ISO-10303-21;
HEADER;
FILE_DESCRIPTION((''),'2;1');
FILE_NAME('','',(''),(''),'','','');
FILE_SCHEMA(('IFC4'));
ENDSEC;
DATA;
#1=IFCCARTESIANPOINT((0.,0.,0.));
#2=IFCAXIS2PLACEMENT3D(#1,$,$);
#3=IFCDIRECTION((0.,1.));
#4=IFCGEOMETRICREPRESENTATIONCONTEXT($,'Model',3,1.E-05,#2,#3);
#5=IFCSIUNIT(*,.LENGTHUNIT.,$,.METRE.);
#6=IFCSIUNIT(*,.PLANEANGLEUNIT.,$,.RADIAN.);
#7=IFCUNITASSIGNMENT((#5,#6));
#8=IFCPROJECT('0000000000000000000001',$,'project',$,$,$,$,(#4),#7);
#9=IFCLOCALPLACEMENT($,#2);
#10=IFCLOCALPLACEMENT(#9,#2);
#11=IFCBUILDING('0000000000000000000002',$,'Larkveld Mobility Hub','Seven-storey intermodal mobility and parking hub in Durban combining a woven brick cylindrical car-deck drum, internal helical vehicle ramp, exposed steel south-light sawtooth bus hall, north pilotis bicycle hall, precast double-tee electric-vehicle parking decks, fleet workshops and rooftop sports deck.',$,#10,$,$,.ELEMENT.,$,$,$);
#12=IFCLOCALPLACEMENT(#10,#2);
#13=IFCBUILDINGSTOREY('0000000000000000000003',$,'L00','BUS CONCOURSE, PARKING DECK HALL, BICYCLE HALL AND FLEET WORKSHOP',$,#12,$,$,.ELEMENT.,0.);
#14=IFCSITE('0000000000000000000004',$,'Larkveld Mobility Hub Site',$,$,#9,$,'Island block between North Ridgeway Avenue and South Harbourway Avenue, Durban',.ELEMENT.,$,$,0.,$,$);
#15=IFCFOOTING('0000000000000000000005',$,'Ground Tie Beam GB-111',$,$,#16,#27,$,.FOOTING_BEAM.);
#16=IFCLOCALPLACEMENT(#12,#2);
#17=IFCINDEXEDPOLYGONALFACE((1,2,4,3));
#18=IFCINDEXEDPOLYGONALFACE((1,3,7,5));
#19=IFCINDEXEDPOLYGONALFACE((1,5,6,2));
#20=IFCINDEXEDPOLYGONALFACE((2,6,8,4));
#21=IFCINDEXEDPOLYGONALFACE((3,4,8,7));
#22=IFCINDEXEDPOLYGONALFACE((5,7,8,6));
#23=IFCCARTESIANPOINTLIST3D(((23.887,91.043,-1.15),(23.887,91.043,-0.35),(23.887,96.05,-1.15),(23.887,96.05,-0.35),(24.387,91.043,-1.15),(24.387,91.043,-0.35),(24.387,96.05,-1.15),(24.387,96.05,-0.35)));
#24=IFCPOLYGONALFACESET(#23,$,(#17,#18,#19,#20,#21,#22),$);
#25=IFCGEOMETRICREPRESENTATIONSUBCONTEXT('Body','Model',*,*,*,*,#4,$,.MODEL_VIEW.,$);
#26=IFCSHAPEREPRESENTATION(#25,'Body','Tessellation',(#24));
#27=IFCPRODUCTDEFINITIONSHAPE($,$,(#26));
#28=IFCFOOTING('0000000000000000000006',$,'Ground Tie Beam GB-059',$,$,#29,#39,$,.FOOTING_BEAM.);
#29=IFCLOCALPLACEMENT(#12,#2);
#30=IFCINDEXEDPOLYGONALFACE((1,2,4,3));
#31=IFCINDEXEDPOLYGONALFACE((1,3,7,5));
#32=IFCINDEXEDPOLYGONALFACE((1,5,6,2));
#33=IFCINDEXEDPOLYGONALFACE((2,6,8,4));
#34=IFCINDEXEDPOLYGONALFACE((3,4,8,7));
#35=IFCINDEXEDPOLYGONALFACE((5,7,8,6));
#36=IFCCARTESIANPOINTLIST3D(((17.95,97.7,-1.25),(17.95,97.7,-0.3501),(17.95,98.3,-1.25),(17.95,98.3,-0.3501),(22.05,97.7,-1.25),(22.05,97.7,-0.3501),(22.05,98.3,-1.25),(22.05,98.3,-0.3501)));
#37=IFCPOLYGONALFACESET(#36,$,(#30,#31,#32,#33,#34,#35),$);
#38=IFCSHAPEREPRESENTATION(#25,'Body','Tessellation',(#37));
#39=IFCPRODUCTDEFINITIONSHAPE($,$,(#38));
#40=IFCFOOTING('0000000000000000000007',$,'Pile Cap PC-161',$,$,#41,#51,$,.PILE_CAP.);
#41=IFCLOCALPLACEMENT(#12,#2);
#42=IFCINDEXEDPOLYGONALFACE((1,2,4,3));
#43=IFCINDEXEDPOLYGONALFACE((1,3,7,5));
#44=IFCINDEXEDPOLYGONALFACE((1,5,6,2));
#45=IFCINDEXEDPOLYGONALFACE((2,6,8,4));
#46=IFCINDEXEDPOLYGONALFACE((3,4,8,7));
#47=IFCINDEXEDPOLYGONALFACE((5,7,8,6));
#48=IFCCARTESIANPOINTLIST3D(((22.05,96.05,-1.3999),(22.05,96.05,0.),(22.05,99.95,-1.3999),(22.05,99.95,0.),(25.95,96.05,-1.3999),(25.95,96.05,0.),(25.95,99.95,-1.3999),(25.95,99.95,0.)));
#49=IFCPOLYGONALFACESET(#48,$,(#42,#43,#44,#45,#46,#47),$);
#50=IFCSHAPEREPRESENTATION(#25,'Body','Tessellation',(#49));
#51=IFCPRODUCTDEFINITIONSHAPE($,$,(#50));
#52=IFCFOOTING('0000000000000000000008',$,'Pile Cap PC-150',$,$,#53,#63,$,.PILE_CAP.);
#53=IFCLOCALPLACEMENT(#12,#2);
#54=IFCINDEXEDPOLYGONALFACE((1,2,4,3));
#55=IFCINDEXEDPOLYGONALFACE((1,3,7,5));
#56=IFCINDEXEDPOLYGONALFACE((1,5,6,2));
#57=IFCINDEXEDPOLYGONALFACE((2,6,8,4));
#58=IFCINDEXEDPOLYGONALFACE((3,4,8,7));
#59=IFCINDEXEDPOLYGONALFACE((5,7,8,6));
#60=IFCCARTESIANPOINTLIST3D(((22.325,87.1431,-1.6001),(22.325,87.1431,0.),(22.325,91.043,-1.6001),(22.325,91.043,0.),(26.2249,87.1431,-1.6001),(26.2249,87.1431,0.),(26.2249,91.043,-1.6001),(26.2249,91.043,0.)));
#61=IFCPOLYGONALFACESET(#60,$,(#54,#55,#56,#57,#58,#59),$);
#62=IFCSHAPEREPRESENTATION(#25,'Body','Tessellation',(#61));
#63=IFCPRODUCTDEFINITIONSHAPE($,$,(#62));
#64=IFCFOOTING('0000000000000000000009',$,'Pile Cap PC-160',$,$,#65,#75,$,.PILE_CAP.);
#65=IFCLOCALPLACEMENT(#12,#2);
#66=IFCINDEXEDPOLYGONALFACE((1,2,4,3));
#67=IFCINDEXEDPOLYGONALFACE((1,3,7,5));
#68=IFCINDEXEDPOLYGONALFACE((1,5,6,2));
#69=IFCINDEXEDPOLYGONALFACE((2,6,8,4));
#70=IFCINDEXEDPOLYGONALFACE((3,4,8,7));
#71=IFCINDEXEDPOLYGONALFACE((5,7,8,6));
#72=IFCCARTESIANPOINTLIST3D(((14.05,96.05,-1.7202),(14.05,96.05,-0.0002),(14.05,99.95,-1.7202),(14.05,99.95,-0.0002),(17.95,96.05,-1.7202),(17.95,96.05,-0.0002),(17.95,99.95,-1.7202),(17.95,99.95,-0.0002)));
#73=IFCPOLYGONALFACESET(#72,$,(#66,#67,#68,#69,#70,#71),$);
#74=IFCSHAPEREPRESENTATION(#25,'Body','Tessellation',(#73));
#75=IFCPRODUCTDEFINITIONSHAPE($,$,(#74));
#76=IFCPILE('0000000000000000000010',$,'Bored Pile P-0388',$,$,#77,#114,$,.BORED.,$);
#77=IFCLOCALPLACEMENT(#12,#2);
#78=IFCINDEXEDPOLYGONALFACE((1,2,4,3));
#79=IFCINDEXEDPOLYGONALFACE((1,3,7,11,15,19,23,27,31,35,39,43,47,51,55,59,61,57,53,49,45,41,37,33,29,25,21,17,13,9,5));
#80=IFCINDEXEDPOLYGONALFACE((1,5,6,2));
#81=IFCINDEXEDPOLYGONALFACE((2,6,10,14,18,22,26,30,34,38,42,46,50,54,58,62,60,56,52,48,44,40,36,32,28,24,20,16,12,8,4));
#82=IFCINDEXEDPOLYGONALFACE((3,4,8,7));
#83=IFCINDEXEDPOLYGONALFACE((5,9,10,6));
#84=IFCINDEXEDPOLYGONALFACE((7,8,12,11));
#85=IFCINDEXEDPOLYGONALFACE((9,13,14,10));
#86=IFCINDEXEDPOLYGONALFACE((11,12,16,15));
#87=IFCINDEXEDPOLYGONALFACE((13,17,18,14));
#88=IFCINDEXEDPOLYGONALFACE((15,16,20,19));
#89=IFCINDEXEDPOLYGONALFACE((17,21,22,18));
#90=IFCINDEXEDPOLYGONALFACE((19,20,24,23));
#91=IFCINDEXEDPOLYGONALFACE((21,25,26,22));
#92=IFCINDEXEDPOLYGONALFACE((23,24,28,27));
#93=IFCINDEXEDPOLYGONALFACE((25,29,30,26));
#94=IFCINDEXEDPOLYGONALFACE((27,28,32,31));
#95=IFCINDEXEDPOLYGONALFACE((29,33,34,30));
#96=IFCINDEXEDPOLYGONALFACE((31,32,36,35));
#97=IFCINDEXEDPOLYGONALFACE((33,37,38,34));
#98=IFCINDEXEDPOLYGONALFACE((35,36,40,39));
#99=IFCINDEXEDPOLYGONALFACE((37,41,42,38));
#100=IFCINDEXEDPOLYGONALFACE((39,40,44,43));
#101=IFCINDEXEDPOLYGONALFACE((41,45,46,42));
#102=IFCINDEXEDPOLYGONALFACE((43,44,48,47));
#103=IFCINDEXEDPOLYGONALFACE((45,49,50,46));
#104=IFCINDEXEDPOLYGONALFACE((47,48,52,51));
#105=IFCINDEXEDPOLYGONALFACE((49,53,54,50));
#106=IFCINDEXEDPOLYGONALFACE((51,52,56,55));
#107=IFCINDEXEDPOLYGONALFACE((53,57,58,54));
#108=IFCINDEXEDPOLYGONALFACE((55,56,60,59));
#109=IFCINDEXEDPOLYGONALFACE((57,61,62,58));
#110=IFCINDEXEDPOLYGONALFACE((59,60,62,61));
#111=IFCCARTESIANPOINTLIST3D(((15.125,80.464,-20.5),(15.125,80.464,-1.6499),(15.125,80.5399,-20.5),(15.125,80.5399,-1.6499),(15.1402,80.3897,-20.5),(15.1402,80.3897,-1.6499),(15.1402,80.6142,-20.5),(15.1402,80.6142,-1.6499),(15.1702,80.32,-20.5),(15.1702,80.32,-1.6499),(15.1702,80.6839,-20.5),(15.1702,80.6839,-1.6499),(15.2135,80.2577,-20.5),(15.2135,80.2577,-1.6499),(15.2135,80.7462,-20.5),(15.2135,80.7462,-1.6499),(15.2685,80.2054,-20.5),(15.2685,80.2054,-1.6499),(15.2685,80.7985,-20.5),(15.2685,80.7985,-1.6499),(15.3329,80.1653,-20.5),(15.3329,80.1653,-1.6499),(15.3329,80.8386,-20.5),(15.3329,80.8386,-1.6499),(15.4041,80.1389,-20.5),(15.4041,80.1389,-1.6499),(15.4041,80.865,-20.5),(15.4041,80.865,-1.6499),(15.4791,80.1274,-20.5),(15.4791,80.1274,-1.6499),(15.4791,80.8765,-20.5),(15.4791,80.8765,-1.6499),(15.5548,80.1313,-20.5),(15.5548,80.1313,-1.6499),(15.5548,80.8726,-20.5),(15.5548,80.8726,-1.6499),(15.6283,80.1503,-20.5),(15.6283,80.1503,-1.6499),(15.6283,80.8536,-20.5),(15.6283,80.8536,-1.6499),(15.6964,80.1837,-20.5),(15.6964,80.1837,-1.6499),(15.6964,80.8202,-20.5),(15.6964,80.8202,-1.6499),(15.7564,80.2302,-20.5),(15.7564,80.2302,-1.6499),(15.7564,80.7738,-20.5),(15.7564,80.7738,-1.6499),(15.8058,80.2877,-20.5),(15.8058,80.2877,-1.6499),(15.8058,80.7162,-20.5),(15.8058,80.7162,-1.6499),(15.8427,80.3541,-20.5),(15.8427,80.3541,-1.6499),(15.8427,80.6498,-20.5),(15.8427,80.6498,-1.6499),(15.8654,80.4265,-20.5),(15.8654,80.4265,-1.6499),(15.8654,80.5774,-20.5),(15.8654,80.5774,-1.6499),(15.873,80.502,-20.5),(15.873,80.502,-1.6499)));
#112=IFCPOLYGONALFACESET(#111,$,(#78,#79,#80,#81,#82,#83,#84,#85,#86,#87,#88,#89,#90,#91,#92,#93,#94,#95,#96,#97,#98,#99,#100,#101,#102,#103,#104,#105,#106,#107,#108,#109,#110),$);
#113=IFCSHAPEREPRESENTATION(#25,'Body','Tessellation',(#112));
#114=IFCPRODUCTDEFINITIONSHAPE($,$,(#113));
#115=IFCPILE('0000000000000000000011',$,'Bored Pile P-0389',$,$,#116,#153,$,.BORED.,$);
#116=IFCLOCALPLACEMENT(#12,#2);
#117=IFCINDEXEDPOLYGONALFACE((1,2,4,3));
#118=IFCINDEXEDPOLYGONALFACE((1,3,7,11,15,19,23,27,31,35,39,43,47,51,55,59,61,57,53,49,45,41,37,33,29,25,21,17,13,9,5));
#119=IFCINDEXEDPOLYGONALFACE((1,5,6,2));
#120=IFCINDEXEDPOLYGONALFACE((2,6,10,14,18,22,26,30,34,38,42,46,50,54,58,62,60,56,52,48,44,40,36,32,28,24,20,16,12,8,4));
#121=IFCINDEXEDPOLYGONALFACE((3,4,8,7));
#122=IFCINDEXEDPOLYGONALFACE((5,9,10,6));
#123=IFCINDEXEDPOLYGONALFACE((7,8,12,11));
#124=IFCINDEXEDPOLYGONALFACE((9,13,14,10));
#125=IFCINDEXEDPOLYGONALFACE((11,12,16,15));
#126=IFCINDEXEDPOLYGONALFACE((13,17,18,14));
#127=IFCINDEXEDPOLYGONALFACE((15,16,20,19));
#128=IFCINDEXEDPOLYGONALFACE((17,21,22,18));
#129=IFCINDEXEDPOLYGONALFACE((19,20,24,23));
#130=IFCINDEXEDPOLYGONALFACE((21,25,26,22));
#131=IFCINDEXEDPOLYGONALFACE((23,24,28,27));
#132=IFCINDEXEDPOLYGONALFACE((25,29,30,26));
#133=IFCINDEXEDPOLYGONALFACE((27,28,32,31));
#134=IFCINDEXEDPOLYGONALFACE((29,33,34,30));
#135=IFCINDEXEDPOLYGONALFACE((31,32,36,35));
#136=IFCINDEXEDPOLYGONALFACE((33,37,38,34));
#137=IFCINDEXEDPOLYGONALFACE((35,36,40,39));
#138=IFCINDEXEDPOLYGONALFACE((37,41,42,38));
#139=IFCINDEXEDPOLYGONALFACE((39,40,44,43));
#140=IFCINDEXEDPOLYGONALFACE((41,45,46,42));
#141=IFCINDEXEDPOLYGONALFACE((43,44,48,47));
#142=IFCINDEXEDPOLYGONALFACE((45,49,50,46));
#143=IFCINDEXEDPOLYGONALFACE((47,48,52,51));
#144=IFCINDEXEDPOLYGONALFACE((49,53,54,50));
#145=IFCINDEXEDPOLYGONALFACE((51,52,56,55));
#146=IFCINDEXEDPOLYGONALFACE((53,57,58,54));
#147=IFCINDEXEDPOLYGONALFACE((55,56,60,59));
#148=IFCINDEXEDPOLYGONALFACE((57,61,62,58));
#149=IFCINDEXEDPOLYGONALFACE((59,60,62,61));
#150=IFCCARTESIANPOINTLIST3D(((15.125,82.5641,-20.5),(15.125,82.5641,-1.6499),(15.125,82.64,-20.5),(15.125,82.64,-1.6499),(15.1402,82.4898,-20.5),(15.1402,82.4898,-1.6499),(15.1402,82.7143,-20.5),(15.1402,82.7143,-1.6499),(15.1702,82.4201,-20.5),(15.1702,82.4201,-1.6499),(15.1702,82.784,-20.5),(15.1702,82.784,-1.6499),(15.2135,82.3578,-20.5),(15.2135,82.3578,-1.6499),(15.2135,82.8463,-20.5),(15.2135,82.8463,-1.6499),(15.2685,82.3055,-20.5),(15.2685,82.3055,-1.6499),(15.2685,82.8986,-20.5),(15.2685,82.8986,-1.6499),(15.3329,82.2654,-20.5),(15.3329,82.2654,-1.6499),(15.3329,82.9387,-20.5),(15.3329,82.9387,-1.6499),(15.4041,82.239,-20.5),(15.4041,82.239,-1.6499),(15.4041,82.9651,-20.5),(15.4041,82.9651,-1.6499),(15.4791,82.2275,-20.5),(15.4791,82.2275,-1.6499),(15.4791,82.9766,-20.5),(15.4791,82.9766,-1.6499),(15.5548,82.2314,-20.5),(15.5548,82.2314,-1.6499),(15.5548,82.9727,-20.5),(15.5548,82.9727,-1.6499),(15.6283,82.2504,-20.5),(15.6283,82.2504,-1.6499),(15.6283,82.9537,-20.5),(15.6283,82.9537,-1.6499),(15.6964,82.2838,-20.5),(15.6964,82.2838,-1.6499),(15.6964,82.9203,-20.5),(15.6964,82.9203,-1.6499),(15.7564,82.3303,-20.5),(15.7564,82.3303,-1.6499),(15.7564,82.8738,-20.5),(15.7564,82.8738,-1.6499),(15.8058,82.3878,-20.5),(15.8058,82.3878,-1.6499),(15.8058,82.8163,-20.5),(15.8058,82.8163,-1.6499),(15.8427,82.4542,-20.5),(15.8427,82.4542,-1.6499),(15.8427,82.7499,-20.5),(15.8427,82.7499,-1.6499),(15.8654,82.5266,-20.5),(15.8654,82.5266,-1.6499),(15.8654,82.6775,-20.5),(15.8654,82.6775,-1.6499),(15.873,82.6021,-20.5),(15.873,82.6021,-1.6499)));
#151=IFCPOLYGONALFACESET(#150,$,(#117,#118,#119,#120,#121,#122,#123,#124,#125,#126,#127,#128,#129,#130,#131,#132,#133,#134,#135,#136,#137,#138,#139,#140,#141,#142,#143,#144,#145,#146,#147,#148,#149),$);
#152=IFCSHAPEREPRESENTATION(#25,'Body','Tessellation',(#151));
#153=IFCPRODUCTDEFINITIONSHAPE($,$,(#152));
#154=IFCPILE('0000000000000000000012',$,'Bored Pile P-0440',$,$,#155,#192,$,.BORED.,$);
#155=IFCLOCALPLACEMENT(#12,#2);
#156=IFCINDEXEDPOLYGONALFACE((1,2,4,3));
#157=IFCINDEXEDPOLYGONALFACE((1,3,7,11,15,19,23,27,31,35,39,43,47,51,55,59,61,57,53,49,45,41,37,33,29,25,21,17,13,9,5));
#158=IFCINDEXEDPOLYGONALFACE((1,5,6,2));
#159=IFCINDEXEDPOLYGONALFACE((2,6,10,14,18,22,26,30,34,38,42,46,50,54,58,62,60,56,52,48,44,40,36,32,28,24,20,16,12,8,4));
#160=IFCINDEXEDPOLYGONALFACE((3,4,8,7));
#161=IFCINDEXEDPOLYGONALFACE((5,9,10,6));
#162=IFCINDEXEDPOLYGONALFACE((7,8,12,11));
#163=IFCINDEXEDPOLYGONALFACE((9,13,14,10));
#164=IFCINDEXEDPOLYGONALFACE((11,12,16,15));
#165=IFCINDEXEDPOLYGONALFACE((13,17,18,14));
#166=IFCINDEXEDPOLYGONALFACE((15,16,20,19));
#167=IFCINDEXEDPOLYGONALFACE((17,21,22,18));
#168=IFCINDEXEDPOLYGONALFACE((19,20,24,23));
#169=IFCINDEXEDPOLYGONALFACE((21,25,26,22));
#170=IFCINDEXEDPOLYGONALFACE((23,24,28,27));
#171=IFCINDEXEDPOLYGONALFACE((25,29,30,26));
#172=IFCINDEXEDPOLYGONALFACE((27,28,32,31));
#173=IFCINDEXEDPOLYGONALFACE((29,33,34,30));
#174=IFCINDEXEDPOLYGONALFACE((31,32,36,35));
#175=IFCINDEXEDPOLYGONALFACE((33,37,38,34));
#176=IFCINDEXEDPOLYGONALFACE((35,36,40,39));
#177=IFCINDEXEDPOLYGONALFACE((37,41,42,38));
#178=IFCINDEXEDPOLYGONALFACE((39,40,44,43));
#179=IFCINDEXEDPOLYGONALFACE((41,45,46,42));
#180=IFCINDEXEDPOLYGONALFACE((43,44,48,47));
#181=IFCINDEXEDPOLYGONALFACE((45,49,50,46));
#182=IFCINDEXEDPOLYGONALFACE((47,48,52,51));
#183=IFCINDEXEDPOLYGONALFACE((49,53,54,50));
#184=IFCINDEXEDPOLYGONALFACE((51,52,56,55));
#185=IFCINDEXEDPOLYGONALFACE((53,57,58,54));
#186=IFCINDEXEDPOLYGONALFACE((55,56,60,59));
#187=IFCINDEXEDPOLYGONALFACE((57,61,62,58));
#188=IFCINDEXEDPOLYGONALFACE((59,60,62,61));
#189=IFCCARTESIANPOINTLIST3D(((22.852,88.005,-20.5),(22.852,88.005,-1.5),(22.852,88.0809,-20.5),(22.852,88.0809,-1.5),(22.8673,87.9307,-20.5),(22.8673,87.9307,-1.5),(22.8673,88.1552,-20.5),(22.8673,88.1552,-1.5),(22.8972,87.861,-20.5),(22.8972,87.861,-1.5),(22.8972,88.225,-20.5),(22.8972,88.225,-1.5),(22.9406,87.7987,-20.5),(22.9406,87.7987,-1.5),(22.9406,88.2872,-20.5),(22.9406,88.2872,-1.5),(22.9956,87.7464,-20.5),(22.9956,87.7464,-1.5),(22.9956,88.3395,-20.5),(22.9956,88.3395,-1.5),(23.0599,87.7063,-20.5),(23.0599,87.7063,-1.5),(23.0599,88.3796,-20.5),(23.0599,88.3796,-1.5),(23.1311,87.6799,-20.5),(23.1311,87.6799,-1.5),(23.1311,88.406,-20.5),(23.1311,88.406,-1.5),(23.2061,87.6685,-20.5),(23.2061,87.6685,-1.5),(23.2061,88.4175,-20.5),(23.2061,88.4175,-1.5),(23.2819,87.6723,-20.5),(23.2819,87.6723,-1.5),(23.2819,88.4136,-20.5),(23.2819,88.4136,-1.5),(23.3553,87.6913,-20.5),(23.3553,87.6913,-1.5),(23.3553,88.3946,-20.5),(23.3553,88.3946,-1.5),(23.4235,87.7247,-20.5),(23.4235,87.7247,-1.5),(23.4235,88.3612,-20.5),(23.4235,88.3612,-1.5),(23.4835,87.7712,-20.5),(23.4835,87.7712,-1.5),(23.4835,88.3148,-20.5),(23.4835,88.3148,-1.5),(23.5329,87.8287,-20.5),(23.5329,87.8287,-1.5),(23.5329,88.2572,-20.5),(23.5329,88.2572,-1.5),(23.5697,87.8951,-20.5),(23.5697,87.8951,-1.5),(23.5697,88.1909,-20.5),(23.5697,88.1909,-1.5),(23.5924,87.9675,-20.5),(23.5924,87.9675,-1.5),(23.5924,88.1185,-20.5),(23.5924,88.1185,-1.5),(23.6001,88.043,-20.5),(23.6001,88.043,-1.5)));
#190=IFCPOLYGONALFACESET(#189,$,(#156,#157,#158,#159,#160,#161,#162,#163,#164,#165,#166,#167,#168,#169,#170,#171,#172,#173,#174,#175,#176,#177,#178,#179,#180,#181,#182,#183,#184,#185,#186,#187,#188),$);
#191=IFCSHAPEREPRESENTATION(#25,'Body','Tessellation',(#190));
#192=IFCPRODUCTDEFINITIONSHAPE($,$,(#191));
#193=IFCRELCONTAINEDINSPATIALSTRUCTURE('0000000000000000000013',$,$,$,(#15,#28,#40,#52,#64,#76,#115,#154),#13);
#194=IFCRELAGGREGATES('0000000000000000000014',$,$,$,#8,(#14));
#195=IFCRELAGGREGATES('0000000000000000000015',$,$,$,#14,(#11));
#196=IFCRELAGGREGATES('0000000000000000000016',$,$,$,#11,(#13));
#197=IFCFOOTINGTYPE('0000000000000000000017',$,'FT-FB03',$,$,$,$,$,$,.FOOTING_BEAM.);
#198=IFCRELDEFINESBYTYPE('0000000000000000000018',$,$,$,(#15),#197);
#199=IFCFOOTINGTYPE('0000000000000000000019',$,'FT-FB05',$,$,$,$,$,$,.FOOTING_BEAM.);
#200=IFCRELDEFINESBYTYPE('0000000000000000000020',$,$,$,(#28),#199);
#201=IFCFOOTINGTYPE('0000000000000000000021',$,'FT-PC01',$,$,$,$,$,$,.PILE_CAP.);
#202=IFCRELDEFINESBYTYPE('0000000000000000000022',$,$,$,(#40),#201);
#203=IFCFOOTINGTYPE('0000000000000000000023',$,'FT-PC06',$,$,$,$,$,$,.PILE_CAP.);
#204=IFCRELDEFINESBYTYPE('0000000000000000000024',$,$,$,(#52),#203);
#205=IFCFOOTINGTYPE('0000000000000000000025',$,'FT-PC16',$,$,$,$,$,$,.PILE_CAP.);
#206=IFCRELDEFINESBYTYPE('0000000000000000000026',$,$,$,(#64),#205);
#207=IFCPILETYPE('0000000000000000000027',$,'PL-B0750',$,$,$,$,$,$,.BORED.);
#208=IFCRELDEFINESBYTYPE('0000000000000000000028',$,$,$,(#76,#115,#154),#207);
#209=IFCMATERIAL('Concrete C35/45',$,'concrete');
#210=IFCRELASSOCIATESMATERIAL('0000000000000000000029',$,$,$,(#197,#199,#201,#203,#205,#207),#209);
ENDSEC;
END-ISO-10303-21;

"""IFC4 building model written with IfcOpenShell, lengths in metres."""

from ifc_helpers import new_model, si_unit, direction, frame, origin, origin_2d, place, context, subcontext, project, spatial, rectangle, circle, extrude, material, material_profile, profile_set, type_object, element, save


model = new_model("IFC4")

# Units and contexts
model_context = context("Model", 3, precision=1e-05, world=origin(), true_north=direction((0.0, 1.0)))
body_context = subcontext(model_context, "Body", "Model", "MODEL_VIEW")
ifc_project = project(units=[si_unit("LENGTHUNIT", "METRE"), si_unit("PLANEANGLEUNIT", "RADIAN")], contexts=[model_context])

# Site, building, storey
site_placement = place(None, origin())
site = spatial("IfcSite", under=ifc_project, at=site_placement, Name="Larkveld Mobility Hub Site", LongName="Island block between North Ridgeway Avenue and South Harbourway Avenue, Durban", CompositionType="ELEMENT", RefElevation=0.0)
building_placement = place(site_placement, origin())
building = spatial("IfcBuilding", under=site, at=building_placement, Name="Larkveld Mobility Hub", Description="Seven-storey intermodal mobility and parking hub in Durban combining a woven brick cylindrical car-deck drum, internal helical vehicle ramp, exposed steel south-light sawtooth bus hall, north pilotis bicycle hall, precast double-tee electric-vehicle parking decks, fleet workshops and rooftop sports deck.", CompositionType="ELEMENT")
storey_placement = place(building_placement, origin())
storey = spatial("IfcBuildingStorey", under=building, at=storey_placement, Name="L00", Description="BUS CONCOURSE, PARKING DECK HALL, BICYCLE HALL AND FLEET WORKSHOP", CompositionType="ELEMENT", Elevation=0.0)

# Footings
ifc_material_1 = material(Name="Concrete C35/45", Category="concrete")
ifc_material_profile_1 = material_profile(ifc_material_1, rectangle(XDim=0.5, YDim=0.8, at=origin_2d()), Name="RC BM 500x800")
ifc_profile_set_1 = profile_set([ifc_material_profile_1], Name="Concrete C35/45")
footing_type_1 = type_object("IfcFootingType", Name="FT-FB03", PredefinedType="FOOTING_BEAM", material=ifc_profile_set_1)
footing_1_placement = place(storey_placement, frame((24.137, 91.043, -0.75), z_axis=(0.0, 1.0, 0.0), x_axis=(-1.0, 0.0, 0.0)))
element("IfcFooting", 1, at=footing_1_placement, inside=storey, type_object=footing_type_1, Name="Ground Tie Beam GB-111", PredefinedType="FOOTING_BEAM", context=body_context, shape_type="SweptSolid", body=[
    extrude(rectangle(XDim=0.5, YDim=0.8, at=origin_2d()), origin(), (0.0, 0.0, 1.0), 5.0071),
])
ifc_material_profile_2 = material_profile(ifc_material_1, rectangle(XDim=0.6001, YDim=0.8999, at=origin_2d()), Name="RC BM 600x900")
ifc_profile_set_2 = profile_set([ifc_material_profile_2], Name="Concrete C35/45")
footing_type_2 = type_object("IfcFootingType", Name="FT-FB05", PredefinedType="FOOTING_BEAM", material=ifc_profile_set_2)
footing_2_placement = place(storey_placement, frame((17.95, 98.0, -0.8), z_axis=(1.0, 0.0, 0.0), x_axis=(0.0, 1.0, 0.0)))
element("IfcFooting", 2, at=footing_2_placement, inside=storey, type_object=footing_type_2, Name="Ground Tie Beam GB-059", PredefinedType="FOOTING_BEAM", context=body_context, shape_type="SweptSolid", body=[
    extrude(rectangle(XDim=0.6001, YDim=0.8999, at=origin_2d()), origin(), (0.0, 0.0, 1.0), 4.1001),
])
footing_type_3 = type_object("IfcFootingType", Name="FT-PC01", PredefinedType="PILE_CAP", material=ifc_material_1)
footing_3_placement = place(storey_placement, frame((24.0, 98.0, -1.3999), z_axis=(0.0, 0.0, 1.0), x_axis=(1.0, 0.0, 0.0)))
element("IfcFooting", 3, at=footing_3_placement, inside=storey, type_object=footing_type_3, Name="Pile Cap PC-161", PredefinedType="PILE_CAP", context=body_context, shape_type="SweptSolid", body=[
    extrude(rectangle(XDim=3.8999, YDim=3.8999, at=origin_2d()), origin(), (0.0, 0.0, 1.0), 1.3999),
])
footing_type_4 = type_object("IfcFootingType", Name="FT-PC06", PredefinedType="PILE_CAP", material=ifc_material_1)
footing_4_placement = place(storey_placement, frame((24.2749, 89.093, -1.6001), z_axis=(0.0, 0.0, 1.0), x_axis=(1.0, 0.0, 0.0)))
element("IfcFooting", 4, at=footing_4_placement, inside=storey, type_object=footing_type_4, Name="Pile Cap PC-150", PredefinedType="PILE_CAP", context=body_context, shape_type="SweptSolid", body=[
    extrude(rectangle(XDim=3.8999, YDim=3.8999, at=origin_2d()), origin(), (0.0, 0.0, 1.0), 1.6001),
])
footing_type_5 = type_object("IfcFootingType", Name="FT-PC16", PredefinedType="PILE_CAP", material=ifc_material_1)
footing_5_placement = place(storey_placement, frame((16.0, 98.0, -1.7202), z_axis=(0.0, 0.0, 1.0), x_axis=(1.0, 0.0, 0.0)))
element("IfcFooting", 5, at=footing_5_placement, inside=storey, type_object=footing_type_5, Name="Pile Cap PC-160", PredefinedType="PILE_CAP", context=body_context, shape_type="SweptSolid", body=[
    extrude(rectangle(XDim=3.8999, YDim=3.8999, at=origin_2d()), origin(), (0.0, 0.0, 1.0), 1.72),
])

# Piles
ifc_material_profile_3 = material_profile(ifc_material_1, circle(Radius=0.375, at=origin_2d()), Name="PILE D750")
ifc_profile_set_3 = profile_set([ifc_material_profile_3], Name="Concrete C35/45")
pile_type_1 = type_object("IfcPileType", Name="PL-B0750", PredefinedType="BORED", material=ifc_profile_set_3)
for number, where, z_axis, x_axis, name in (
    (6, (15.498, 80.502, -1.6499), (0.0, 0.0, -1.0), (1.0, 0.0, 0.0), "Bored Pile P-0388"),
    (7, (15.498, 82.6021, -1.6499), (0.0, 0.0, -1.0), (1.0, 0.0, 0.0), "Bored Pile P-0389"),
):
    element("IfcPile", number, at=place(storey_placement, frame(where, z_axis=z_axis, x_axis=x_axis)), inside=storey, type_object=pile_type_1, Name=name, PredefinedType="BORED", context=body_context, shape_type="SweptSolid", body=[
        extrude(circle(Radius=0.375, at=origin_2d()), origin(), (0.0, 0.0, 1.0), 18.8501),
    ])
for number, where, z_axis, x_axis, name in (
    (8, (23.2251, 88.043, -1.5), (0.0, 0.0, -1.0), (1.0, 0.0, 0.0), "Bored Pile P-0440"),
):
    element("IfcPile", number, at=place(storey_placement, frame(where, z_axis=z_axis, x_axis=x_axis)), inside=storey, type_object=pile_type_1, Name=name, PredefinedType="BORED", context=body_context, shape_type="SweptSolid", body=[
        extrude(circle(Radius=0.375, at=origin_2d()), origin(), (0.0, 0.0, 1.0), 19.0),
    ])

save(model, "model.ifc")
